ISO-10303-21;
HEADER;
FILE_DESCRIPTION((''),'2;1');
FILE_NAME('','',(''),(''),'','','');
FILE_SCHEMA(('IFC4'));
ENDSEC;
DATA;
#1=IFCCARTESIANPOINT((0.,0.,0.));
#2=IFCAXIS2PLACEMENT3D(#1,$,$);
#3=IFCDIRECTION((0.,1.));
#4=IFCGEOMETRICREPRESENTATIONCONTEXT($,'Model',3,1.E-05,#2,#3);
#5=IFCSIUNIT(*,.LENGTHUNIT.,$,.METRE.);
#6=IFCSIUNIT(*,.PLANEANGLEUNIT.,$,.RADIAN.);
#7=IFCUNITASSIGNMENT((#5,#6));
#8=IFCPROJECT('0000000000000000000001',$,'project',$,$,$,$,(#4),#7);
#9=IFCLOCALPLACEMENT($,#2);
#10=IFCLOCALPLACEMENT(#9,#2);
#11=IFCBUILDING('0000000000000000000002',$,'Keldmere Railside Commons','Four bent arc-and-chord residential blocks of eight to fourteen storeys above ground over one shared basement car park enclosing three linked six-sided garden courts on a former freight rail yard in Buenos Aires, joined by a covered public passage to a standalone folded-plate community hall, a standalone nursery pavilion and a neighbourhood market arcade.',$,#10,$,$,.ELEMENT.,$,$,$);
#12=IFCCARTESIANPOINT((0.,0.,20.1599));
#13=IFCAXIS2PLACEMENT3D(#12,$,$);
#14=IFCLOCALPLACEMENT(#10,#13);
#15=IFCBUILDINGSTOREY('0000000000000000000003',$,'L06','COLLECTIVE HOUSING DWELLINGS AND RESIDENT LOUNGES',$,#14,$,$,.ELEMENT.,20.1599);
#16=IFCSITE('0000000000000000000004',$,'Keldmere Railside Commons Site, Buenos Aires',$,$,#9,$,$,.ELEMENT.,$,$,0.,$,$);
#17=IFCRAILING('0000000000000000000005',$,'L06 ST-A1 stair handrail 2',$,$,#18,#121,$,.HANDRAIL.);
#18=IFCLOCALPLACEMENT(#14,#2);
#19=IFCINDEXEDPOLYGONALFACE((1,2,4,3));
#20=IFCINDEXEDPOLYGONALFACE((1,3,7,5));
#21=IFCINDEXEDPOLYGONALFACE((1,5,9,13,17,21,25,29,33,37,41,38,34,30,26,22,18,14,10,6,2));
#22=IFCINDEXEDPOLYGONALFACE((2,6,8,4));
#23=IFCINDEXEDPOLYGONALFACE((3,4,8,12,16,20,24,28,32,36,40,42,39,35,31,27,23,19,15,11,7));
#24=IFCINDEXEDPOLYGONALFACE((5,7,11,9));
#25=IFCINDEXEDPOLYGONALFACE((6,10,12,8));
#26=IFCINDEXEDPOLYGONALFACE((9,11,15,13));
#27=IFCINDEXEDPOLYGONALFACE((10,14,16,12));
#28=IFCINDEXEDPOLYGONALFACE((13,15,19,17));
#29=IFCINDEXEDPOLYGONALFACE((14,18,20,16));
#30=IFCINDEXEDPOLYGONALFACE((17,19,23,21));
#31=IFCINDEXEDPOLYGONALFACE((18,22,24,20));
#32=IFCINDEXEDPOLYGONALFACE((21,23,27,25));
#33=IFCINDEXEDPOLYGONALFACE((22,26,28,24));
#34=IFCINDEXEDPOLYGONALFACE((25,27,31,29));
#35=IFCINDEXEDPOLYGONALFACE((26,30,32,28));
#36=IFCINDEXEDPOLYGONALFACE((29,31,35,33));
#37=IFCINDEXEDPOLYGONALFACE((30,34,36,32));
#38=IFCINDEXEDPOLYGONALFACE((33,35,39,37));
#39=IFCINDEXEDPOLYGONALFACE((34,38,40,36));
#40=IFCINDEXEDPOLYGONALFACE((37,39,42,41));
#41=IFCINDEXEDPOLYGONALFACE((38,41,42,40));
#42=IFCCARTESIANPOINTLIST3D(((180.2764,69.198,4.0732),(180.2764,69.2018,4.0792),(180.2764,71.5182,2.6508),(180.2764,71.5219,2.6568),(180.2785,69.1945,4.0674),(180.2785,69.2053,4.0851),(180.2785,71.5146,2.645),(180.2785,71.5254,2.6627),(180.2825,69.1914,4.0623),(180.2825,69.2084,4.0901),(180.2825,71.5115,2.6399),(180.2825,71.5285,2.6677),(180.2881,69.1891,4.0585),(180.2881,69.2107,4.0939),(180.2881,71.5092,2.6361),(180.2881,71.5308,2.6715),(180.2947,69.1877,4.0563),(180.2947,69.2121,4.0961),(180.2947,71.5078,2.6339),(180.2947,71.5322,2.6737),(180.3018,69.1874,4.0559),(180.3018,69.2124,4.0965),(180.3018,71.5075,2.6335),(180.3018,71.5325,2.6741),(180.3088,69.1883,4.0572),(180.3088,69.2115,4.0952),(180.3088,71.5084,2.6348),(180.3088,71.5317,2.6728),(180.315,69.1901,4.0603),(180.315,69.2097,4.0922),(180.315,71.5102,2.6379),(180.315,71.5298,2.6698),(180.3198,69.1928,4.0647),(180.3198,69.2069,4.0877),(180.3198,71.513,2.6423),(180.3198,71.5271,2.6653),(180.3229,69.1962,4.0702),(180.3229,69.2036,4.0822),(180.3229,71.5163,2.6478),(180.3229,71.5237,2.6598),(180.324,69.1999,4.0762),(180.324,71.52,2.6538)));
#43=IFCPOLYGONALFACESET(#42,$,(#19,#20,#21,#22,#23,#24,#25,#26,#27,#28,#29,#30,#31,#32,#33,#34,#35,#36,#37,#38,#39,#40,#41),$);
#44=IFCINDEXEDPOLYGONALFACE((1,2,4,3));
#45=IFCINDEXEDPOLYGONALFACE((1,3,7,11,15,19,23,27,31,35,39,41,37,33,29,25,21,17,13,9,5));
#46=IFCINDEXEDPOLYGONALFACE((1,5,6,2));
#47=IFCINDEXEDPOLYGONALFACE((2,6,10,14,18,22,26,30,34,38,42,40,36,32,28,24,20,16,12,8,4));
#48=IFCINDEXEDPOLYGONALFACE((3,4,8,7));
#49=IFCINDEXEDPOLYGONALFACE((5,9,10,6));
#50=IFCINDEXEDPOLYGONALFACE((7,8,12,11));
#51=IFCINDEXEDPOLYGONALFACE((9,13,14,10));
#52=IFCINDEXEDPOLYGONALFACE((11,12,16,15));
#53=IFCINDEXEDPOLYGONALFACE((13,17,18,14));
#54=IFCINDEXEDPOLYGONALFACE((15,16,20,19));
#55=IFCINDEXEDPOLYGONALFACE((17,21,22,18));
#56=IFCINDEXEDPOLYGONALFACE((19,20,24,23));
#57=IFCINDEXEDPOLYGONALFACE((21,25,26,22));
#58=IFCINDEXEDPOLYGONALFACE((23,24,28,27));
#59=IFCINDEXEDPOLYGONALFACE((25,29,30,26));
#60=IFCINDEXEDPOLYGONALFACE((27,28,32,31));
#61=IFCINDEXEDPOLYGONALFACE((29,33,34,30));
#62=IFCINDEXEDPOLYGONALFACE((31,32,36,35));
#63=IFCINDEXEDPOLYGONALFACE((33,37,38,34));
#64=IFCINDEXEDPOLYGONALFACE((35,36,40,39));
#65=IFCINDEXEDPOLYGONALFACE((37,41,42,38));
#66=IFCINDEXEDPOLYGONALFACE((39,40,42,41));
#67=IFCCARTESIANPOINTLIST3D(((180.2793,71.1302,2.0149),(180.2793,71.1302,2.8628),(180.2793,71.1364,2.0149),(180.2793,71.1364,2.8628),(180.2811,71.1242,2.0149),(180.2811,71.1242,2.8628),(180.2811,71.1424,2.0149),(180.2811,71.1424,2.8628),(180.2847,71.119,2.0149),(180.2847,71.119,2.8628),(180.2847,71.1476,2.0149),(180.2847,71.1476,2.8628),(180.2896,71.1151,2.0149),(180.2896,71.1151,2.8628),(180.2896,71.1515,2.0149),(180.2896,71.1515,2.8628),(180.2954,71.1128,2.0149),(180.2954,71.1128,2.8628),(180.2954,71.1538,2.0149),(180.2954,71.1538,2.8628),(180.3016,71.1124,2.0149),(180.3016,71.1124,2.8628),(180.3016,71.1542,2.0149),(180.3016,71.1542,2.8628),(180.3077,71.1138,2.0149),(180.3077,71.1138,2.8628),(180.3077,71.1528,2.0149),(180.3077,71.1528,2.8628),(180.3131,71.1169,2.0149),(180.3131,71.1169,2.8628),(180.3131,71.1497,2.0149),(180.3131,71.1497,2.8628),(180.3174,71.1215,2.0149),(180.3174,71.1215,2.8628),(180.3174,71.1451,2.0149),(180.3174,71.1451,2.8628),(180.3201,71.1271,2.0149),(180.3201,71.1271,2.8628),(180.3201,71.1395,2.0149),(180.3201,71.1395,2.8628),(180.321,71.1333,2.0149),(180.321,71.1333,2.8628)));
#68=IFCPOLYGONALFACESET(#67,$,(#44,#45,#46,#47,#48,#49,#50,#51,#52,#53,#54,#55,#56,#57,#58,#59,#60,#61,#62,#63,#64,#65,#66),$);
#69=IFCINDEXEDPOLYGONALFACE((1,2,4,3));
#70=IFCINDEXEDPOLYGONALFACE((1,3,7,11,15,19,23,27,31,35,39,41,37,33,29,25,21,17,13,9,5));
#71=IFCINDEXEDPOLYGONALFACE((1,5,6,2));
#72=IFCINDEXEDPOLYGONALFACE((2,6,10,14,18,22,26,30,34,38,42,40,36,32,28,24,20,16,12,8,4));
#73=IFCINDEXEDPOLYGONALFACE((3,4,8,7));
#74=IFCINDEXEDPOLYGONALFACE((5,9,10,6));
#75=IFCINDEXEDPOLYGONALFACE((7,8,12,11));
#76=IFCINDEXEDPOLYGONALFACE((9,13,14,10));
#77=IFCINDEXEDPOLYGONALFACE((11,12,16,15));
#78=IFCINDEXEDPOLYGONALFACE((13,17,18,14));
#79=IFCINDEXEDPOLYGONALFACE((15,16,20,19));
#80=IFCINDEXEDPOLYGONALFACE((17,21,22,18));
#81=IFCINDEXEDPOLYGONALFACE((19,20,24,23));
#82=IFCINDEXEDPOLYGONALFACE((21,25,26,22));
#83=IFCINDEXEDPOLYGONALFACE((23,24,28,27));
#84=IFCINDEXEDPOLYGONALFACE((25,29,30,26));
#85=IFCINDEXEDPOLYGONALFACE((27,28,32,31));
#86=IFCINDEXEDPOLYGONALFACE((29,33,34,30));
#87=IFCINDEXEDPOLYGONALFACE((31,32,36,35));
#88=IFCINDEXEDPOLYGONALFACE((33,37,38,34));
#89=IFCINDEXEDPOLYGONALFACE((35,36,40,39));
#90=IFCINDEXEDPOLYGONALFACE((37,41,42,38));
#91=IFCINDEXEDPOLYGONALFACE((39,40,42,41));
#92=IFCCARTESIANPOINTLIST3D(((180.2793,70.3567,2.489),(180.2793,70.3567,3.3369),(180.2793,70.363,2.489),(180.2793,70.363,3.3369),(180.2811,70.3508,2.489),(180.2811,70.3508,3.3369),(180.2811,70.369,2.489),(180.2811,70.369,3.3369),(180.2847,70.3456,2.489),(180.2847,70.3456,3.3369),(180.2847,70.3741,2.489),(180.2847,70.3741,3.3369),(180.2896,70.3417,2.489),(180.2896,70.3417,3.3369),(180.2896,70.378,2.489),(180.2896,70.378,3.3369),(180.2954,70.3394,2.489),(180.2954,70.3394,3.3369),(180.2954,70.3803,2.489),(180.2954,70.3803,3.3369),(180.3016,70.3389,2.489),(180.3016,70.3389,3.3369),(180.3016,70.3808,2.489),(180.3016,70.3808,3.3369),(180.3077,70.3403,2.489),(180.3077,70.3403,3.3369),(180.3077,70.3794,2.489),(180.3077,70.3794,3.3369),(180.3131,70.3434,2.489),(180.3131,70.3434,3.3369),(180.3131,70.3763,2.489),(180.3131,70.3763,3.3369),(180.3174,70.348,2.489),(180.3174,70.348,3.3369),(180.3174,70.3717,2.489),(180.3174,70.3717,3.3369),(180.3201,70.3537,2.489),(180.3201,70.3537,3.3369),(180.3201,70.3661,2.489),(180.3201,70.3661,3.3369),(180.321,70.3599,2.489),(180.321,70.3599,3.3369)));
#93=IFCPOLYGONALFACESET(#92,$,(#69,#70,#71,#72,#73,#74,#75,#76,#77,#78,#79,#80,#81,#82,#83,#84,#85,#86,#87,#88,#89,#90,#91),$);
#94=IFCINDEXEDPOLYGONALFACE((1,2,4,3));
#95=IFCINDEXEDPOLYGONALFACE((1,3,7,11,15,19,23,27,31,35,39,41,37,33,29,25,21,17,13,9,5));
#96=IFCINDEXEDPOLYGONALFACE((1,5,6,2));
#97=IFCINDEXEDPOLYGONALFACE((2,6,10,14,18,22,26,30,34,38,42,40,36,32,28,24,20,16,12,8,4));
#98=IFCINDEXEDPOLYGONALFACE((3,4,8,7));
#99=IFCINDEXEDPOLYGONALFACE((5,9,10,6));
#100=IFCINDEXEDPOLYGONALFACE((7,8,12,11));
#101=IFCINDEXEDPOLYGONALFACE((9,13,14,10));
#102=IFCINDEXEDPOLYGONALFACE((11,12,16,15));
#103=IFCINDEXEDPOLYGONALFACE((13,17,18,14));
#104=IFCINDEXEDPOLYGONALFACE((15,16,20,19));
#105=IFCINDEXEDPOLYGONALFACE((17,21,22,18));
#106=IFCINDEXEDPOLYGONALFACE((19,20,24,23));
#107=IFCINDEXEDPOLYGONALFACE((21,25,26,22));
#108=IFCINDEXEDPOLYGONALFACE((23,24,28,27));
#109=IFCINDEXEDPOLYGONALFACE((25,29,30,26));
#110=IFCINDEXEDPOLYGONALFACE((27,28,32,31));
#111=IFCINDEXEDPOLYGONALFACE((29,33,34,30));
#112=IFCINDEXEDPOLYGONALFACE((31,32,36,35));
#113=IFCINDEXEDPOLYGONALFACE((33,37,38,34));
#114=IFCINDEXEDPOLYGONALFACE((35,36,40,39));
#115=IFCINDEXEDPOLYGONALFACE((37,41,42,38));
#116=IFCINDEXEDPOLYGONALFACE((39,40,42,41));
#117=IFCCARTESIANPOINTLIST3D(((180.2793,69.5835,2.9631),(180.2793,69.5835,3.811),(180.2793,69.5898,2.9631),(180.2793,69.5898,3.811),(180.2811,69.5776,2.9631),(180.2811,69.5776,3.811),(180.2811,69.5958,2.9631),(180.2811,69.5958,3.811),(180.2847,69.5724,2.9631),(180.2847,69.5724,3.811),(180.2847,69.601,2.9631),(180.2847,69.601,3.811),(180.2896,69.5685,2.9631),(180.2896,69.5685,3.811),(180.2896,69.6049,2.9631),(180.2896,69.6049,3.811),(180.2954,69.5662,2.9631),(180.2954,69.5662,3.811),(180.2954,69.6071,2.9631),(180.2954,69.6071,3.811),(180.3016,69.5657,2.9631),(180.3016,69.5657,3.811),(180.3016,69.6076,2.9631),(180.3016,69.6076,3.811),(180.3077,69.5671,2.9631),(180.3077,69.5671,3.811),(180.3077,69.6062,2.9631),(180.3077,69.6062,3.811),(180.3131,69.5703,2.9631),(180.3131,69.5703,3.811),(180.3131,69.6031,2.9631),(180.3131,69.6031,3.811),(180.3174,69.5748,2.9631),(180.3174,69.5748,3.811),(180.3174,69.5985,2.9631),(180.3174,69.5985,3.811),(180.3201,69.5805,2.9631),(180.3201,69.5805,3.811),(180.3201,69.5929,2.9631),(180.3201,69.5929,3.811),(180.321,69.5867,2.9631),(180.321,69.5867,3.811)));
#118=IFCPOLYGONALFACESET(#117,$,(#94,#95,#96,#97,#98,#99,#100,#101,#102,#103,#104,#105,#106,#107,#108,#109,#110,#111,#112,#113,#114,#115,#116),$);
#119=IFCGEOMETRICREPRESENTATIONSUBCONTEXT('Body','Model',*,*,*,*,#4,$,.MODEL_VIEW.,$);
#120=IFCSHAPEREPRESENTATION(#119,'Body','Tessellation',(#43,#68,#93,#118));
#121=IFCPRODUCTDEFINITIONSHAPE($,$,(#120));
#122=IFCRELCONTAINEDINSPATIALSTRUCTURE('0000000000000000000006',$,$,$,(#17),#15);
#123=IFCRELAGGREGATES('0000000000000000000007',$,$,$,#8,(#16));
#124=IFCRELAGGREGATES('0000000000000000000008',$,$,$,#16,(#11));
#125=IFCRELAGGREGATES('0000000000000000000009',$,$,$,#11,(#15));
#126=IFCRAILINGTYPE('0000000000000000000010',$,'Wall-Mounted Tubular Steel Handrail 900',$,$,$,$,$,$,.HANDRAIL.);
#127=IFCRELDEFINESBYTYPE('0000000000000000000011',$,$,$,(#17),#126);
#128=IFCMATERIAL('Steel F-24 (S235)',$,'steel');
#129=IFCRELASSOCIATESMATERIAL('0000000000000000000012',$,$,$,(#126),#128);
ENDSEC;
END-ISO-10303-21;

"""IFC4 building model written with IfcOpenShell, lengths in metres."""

from ifc_helpers import new_model, si_unit, direction, frame, origin, origin_2d, place, context, subcontext, project, spatial, circle, extrude, material, type_object, element, save


model = new_model("IFC4")

# Units and contexts
model_context = context("Model", 3, precision=1e-05, world=origin(), true_north=direction((0.0, 1.0)))
body_context = subcontext(model_context, "Body", "Model", "MODEL_VIEW")
ifc_project = project(units=[si_unit("LENGTHUNIT", "METRE"), si_unit("PLANEANGLEUNIT", "RADIAN")], contexts=[model_context])

# Site, building, storey
site_placement = place(None, origin())
site = spatial("IfcSite", under=ifc_project, at=site_placement, Name="Keldmere Railside Commons Site, Buenos Aires", CompositionType="ELEMENT", RefElevation=0.0)
building_placement = place(site_placement, origin())
building = spatial("IfcBuilding", under=site, at=building_placement, Name="Keldmere Railside Commons", Description="Four bent arc-and-chord residential blocks of eight to fourteen storeys above ground over one shared basement car park enclosing three linked six-sided garden courts on a former freight rail yard in Buenos Aires, joined by a covered public passage to a standalone folded-plate community hall, a standalone nursery pavilion and a neighbourhood market arcade.", CompositionType="ELEMENT")
storey_placement = place(building_placement, frame((0.0, 0.0, 20.1599)))
storey = spatial("IfcBuildingStorey", under=building, at=storey_placement, Name="L06", Description="COLLECTIVE HOUSING DWELLINGS AND RESIDENT LOUNGES", CompositionType="ELEMENT", Elevation=20.1599)

# Shared definitions
ifc_material_1 = material(Name="Steel F-24 (S235)", Category="steel")

# Railing
railing_type_1 = type_object("IfcRailingType", Name="Wall-Mounted Tubular Steel Handrail 900", PredefinedType="HANDRAIL", material=ifc_material_1)
railing_1_placement = place(storey_placement, frame((180.3, 71.52, 1.7778)))
element("IfcRailing", 1, at=railing_1_placement, inside=storey, type_object=railing_type_1, Name="L06 ST-A1 stair handrail 2", PredefinedType="HANDRAIL", context=body_context, shape_type="SweptSolid", body=[
    extrude(circle(Radius=0.0239, at=origin_2d()), frame((0.0, 0.0, 0.876), z_axis=(0.0, -0.852538, 0.522665), x_axis=(1.0, 0.0, 0.0)), (0.0, 0.0, 1.0), 2.7214),
    extrude(circle(Radius=0.021, at=origin_2d()), frame((0.0, -0.3867, 0.2371)), (0.0, 0.0, 1.0), 0.8479),
    extrude(circle(Radius=0.021, at=origin_2d()), frame((0.0, -1.1602, 0.7112)), (0.0, 0.0, 1.0), 0.8479),
    extrude(circle(Radius=0.021, at=origin_2d()), frame((0.0, -1.9333, 1.1853)), (0.0, 0.0, 1.0), 0.8479),
])

save(model, "model.ifc")
